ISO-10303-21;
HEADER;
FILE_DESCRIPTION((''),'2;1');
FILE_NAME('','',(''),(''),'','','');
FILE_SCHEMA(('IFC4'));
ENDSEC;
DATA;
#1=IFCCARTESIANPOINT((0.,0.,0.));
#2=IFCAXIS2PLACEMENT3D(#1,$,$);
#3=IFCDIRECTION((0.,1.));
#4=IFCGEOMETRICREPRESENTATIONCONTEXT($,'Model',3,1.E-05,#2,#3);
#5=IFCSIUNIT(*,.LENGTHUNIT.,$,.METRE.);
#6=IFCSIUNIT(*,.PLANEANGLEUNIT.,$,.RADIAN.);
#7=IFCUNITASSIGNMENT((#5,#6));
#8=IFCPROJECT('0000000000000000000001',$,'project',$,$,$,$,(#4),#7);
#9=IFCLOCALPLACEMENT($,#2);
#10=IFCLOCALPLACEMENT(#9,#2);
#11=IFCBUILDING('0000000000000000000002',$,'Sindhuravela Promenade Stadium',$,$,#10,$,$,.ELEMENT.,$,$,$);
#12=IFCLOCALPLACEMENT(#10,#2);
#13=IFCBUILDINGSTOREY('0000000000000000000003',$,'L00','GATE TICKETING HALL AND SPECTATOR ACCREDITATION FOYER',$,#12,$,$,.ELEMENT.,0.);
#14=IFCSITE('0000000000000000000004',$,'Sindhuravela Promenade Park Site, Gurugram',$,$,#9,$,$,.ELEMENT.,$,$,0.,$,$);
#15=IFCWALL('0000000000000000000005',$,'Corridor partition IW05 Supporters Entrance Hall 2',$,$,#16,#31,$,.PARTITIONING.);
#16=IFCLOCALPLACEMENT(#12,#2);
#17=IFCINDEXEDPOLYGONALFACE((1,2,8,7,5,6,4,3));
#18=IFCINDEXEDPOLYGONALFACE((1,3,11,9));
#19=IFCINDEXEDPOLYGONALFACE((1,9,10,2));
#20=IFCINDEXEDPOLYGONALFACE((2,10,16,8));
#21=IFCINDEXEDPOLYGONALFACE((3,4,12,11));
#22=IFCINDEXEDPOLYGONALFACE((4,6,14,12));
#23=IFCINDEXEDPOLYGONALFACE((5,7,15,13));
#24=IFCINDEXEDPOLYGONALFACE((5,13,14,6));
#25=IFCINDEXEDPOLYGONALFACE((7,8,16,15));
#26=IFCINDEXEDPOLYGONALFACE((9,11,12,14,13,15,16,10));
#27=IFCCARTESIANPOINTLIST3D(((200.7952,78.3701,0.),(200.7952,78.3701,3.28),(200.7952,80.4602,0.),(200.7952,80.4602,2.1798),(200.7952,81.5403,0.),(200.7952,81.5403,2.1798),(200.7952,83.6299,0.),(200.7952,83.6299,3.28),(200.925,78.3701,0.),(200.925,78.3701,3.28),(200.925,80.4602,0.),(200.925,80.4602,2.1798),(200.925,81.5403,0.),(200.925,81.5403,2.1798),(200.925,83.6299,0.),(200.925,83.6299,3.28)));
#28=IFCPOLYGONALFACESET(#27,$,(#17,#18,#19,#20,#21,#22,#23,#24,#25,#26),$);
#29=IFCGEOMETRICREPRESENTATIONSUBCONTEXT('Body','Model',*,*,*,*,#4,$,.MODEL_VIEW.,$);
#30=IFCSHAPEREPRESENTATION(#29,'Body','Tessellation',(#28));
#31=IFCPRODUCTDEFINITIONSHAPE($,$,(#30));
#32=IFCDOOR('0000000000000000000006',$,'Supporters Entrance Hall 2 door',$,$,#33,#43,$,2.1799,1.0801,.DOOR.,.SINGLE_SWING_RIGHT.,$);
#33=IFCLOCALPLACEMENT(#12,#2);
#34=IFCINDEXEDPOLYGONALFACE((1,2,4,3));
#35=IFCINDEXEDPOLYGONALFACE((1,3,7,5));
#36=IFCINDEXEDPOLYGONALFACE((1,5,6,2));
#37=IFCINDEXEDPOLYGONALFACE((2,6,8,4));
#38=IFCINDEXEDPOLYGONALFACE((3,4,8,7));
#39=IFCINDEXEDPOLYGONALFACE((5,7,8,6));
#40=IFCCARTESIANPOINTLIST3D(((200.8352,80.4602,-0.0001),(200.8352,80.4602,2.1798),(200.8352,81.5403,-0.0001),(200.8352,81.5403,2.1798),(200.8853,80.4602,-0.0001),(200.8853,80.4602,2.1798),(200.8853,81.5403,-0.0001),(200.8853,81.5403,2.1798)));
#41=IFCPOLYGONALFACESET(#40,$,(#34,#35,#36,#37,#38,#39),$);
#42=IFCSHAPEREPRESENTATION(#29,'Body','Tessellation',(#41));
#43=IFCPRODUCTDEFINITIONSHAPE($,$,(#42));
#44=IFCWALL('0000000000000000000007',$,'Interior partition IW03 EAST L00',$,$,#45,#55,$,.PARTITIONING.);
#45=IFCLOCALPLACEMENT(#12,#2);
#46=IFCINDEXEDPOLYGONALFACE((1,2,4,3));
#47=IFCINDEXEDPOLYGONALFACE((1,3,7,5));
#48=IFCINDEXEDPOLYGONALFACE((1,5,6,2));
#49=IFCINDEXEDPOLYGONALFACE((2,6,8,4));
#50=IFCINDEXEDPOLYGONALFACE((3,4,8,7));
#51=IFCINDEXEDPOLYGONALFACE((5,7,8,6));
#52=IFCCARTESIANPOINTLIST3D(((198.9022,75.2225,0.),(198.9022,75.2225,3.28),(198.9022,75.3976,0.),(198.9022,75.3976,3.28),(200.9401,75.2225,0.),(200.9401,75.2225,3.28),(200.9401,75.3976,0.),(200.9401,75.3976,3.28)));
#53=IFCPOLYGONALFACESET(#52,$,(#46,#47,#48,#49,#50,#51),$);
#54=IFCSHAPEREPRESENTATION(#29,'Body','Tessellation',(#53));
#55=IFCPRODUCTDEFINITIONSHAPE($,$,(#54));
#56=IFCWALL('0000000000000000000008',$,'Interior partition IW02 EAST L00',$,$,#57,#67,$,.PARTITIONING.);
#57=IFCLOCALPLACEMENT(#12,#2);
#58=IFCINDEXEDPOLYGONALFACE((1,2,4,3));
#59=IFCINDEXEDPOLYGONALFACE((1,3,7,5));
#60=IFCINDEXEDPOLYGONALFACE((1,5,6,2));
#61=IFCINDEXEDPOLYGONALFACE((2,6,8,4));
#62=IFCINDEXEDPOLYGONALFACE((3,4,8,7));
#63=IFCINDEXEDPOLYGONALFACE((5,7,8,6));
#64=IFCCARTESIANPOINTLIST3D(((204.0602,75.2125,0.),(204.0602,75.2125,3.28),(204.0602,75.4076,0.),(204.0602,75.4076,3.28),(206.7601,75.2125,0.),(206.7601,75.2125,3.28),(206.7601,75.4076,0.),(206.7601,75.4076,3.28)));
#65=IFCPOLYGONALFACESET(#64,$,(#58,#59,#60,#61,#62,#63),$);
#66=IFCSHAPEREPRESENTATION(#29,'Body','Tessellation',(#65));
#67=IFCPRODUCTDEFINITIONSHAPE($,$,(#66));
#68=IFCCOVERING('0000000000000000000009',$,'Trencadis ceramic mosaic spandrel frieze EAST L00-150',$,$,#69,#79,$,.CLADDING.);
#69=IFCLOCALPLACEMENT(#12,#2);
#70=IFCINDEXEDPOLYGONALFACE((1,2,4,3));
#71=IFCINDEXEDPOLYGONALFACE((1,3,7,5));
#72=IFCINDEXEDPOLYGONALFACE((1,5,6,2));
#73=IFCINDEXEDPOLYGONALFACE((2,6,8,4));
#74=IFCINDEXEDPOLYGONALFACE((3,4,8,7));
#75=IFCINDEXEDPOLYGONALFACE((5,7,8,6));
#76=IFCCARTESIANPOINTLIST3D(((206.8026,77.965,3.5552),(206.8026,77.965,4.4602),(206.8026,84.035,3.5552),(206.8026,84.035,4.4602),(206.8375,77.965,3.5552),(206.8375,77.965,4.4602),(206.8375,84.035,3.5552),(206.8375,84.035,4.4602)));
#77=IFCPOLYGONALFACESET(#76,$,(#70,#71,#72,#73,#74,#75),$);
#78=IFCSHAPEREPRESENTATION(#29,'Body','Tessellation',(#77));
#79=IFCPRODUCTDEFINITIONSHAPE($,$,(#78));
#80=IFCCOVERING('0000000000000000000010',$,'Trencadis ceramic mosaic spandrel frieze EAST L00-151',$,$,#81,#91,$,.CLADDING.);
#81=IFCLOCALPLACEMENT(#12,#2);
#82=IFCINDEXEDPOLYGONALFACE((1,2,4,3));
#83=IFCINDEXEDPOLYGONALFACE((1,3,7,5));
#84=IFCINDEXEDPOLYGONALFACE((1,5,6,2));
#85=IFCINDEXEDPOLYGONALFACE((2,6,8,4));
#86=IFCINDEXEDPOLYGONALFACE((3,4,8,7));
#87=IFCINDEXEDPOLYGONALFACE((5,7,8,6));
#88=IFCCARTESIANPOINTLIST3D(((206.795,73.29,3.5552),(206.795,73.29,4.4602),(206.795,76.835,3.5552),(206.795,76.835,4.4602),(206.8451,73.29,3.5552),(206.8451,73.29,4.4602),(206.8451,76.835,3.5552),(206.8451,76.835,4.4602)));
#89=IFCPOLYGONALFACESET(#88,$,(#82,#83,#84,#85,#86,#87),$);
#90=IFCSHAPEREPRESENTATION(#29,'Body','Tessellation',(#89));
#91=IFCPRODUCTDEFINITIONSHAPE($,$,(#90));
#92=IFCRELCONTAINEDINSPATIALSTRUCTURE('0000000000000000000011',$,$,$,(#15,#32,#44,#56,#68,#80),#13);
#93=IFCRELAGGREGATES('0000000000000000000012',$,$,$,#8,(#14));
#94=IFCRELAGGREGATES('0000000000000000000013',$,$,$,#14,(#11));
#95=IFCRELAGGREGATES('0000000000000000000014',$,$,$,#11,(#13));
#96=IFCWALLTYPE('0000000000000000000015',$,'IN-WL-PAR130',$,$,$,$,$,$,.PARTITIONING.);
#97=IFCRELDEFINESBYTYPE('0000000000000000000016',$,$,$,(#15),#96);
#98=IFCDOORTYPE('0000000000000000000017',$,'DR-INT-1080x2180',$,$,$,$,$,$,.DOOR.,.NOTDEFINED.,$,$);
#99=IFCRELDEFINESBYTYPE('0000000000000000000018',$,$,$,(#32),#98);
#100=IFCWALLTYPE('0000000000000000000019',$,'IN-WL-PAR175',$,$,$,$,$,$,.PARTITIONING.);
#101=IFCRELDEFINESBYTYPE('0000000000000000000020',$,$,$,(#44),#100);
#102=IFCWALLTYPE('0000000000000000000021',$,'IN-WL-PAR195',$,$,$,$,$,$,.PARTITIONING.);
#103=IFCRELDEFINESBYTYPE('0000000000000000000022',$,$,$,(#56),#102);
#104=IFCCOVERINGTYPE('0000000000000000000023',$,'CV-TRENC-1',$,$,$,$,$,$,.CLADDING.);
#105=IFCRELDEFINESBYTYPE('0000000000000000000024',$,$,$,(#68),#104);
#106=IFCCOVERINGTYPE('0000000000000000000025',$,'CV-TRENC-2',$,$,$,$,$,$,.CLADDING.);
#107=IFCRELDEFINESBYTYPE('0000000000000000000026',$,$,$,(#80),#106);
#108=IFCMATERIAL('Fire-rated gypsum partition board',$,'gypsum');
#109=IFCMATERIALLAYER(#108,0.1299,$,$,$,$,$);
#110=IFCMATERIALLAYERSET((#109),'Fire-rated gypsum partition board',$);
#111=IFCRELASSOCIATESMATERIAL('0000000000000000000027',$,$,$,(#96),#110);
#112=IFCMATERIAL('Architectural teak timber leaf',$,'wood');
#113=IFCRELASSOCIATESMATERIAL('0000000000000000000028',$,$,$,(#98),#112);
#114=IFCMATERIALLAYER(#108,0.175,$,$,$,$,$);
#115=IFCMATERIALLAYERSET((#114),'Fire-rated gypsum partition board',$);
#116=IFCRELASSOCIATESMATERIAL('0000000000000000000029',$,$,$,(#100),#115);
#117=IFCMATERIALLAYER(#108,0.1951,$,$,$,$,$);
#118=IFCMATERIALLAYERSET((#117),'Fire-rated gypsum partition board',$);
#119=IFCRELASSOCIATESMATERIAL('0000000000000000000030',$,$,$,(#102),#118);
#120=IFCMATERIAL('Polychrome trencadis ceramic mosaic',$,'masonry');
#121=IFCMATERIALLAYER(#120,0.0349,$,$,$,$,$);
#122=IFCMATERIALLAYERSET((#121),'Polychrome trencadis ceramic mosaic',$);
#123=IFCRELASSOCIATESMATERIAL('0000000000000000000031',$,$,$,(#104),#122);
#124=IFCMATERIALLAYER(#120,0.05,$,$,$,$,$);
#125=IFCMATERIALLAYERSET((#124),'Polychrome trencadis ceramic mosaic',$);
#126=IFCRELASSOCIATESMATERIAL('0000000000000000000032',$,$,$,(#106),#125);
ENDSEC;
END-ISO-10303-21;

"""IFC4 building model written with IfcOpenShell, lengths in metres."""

from ifc_helpers import new_model, si_unit, direction, frame, frame_2d, origin, origin_2d, place, context, subcontext, project, spatial, rectangle, extrude, material, layer, layer_set, type_object, element, fill, save


model = new_model("IFC4")

# Units and contexts
model_context = context("Model", 3, precision=1e-05, world=origin(), true_north=direction((0.0, 1.0)))
body_context = subcontext(model_context, "Body", "Model", "MODEL_VIEW")
ifc_project = project(units=[si_unit("LENGTHUNIT", "METRE"), si_unit("PLANEANGLEUNIT", "RADIAN")], contexts=[model_context])

# Site, building, storey
site_placement = place(None, origin())
site = spatial("IfcSite", under=ifc_project, at=site_placement, Name="Sindhuravela Promenade Park Site, Gurugram", CompositionType="ELEMENT", RefElevation=0.0)
building_placement = place(site_placement, origin())
building = spatial("IfcBuilding", under=site, at=building_placement, Name="Sindhuravela Promenade Stadium", CompositionType="ELEMENT")
storey_placement = place(building_placement, origin())
storey = spatial("IfcBuildingStorey", under=building, at=storey_placement, Name="L00", Description="GATE TICKETING HALL AND SPECTATOR ACCREDITATION FOYER", CompositionType="ELEMENT", Elevation=0.0)

# Shared definitions
ifc_material_1 = material(Name="Fire-rated gypsum partition board", Category="gypsum")

# Wall, opening, door
ifc_layer_1 = layer(ifc_material_1, 0.1299)
ifc_layer_set_1 = layer_set([ifc_layer_1], Name="Fire-rated gypsum partition board")
wall_type_1 = type_object("IfcWallType", Name="IN-WL-PAR130", PredefinedType="PARTITIONING", material=ifc_layer_set_1)
wall_1_placement = place(storey_placement, frame((200.8601, 78.3701, 0.0), z_axis=(0.0, 0.0, 1.0), x_axis=(0.0, 1.0, 0.0)))
wall_1 = element("IfcWall", 1, at=wall_1_placement, inside=storey, type_object=wall_type_1, Name="Corridor partition IW05 Supporters Entrance Hall 2", PredefinedType="PARTITIONING", context=body_context, shape_type="SweptSolid", body=[
    extrude(rectangle(XDim=5.2598, YDim=0.1299, at=frame_2d((2.6299, 0.0))), origin(), (0.0, 0.0, 1.0), 3.28),
])
opening_placement = place(wall_1_placement, frame((2.0901, 0.0, 0.0)))
opening = element("IfcOpeningElement", 2, at=opening_placement, cuts=wall_1, PredefinedType="OPENING", context=body_context, shape_type="SweptSolid", body=[
    extrude(rectangle(XDim=1.0801, YDim=2.1799, at=frame_2d((0.54, 1.0898))), frame((0.0, 0.075, 0.0), z_axis=(0.0, -1.0, 0.0), x_axis=(1.0, 0.0, 0.0)), (0.0, 0.0, 1.0), 0.1499),
])
ifc_material_2 = material(Name="Architectural teak timber leaf", Category="wood")
door_type = type_object("IfcDoorType", Name="DR-INT-1080x2180", OperationType="NOTDEFINED", PredefinedType="DOOR", material=ifc_material_2)
door_placement = place(opening_placement, origin())
door = element("IfcDoor", 3, at=door_placement, inside=storey, type_object=door_type, Name="Supporters Entrance Hall 2 door", OperationType="SINGLE_SWING_RIGHT", OverallHeight=2.1799, OverallWidth=1.0801, PredefinedType="DOOR", context=body_context, shape_type="SweptSolid", body=[
    extrude(rectangle(XDim=1.0801, YDim=2.1799, at=frame_2d((0.54, 1.0898))), frame((0.0, 0.0249, 0.0), z_axis=(0.0, -1.0, 0.0), x_axis=(1.0, 0.0, 0.0)), (0.0, 0.0, 1.0), 0.05),
])
fill(opening, door)

# Walls
ifc_layer_2 = layer(ifc_material_1, 0.175)
ifc_layer_set_2 = layer_set([ifc_layer_2], Name="Fire-rated gypsum partition board")
wall_type_2 = type_object("IfcWallType", Name="IN-WL-PAR175", PredefinedType="PARTITIONING", material=ifc_layer_set_2)
wall_2_placement = place(storey_placement, frame((198.9021, 75.3101, 0.0), z_axis=(0.0, 0.0, 1.0), x_axis=(1.0, 0.0, 0.0)))
element("IfcWall", 4, at=wall_2_placement, inside=storey, type_object=wall_type_2, Name="Interior partition IW03 EAST L00", PredefinedType="PARTITIONING", context=body_context, shape_type="SweptSolid", body=[
    extrude(rectangle(XDim=2.0378, YDim=0.175, at=frame_2d((1.019, 0.0))), origin(), (0.0, 0.0, 1.0), 3.28),
])
ifc_layer_3 = layer(ifc_material_1, 0.1951)
ifc_layer_set_3 = layer_set([ifc_layer_3], Name="Fire-rated gypsum partition board")
wall_type_3 = type_object("IfcWallType", Name="IN-WL-PAR195", PredefinedType="PARTITIONING", material=ifc_layer_set_3)
wall_3_placement = place(storey_placement, frame((204.0601, 75.3101, 0.0), z_axis=(0.0, 0.0, 1.0), x_axis=(1.0, 0.0, 0.0)))
element("IfcWall", 5, at=wall_3_placement, inside=storey, type_object=wall_type_3, Name="Interior partition IW02 EAST L00", PredefinedType="PARTITIONING", context=body_context, shape_type="SweptSolid", body=[
    extrude(rectangle(XDim=2.7, YDim=0.1951, at=frame_2d((1.3501, 0.0))), origin(), (0.0, 0.0, 1.0), 3.28),
])

# Coverings
ifc_material_3 = material(Name="Polychrome trencadis ceramic mosaic", Category="masonry")
ifc_layer_4 = layer(ifc_material_3, 0.0349)
ifc_layer_set_4 = layer_set([ifc_layer_4], Name="Polychrome trencadis ceramic mosaic")
covering_type_1 = type_object("IfcCoveringType", Name="CV-TRENC-1", PredefinedType="CLADDING", material=ifc_layer_set_4)
covering_1_placement = place(storey_placement, frame((206.8201, 81.0, 3.5552), z_axis=(0.0, 0.0, 1.0), x_axis=(0.0, -1.0, 0.0)))
element("IfcCovering", 6, at=covering_1_placement, inside=storey, type_object=covering_type_1, Name="Trencadis ceramic mosaic spandrel frieze EAST L00-150", PredefinedType="CLADDING", context=body_context, shape_type="SweptSolid", body=[
    extrude(rectangle(XDim=6.0701, YDim=0.0349, at=origin_2d()), origin(), (0.0, 0.0, 1.0), 0.905),
])
ifc_layer_5 = layer(ifc_material_3, 0.05)
ifc_layer_set_5 = layer_set([ifc_layer_5], Name="Polychrome trencadis ceramic mosaic")
covering_type_2 = type_object("IfcCoveringType", Name="CV-TRENC-2", PredefinedType="CLADDING", material=ifc_layer_set_5)
covering_2_placement = place(storey_placement, frame((206.8201, 75.0625, 3.5552), z_axis=(0.0, 0.0, 1.0), x_axis=(0.0, -1.0, 0.0)))
element("IfcCovering", 7, at=covering_2_placement, inside=storey, type_object=covering_type_2, Name="Trencadis ceramic mosaic spandrel frieze EAST L00-151", PredefinedType="CLADDING", context=body_context, shape_type="SweptSolid", body=[
    extrude(rectangle(XDim=3.5449, YDim=0.05, at=origin_2d()), origin(), (0.0, 0.0, 1.0), 0.905),
])

save(model, "model.ifc")
